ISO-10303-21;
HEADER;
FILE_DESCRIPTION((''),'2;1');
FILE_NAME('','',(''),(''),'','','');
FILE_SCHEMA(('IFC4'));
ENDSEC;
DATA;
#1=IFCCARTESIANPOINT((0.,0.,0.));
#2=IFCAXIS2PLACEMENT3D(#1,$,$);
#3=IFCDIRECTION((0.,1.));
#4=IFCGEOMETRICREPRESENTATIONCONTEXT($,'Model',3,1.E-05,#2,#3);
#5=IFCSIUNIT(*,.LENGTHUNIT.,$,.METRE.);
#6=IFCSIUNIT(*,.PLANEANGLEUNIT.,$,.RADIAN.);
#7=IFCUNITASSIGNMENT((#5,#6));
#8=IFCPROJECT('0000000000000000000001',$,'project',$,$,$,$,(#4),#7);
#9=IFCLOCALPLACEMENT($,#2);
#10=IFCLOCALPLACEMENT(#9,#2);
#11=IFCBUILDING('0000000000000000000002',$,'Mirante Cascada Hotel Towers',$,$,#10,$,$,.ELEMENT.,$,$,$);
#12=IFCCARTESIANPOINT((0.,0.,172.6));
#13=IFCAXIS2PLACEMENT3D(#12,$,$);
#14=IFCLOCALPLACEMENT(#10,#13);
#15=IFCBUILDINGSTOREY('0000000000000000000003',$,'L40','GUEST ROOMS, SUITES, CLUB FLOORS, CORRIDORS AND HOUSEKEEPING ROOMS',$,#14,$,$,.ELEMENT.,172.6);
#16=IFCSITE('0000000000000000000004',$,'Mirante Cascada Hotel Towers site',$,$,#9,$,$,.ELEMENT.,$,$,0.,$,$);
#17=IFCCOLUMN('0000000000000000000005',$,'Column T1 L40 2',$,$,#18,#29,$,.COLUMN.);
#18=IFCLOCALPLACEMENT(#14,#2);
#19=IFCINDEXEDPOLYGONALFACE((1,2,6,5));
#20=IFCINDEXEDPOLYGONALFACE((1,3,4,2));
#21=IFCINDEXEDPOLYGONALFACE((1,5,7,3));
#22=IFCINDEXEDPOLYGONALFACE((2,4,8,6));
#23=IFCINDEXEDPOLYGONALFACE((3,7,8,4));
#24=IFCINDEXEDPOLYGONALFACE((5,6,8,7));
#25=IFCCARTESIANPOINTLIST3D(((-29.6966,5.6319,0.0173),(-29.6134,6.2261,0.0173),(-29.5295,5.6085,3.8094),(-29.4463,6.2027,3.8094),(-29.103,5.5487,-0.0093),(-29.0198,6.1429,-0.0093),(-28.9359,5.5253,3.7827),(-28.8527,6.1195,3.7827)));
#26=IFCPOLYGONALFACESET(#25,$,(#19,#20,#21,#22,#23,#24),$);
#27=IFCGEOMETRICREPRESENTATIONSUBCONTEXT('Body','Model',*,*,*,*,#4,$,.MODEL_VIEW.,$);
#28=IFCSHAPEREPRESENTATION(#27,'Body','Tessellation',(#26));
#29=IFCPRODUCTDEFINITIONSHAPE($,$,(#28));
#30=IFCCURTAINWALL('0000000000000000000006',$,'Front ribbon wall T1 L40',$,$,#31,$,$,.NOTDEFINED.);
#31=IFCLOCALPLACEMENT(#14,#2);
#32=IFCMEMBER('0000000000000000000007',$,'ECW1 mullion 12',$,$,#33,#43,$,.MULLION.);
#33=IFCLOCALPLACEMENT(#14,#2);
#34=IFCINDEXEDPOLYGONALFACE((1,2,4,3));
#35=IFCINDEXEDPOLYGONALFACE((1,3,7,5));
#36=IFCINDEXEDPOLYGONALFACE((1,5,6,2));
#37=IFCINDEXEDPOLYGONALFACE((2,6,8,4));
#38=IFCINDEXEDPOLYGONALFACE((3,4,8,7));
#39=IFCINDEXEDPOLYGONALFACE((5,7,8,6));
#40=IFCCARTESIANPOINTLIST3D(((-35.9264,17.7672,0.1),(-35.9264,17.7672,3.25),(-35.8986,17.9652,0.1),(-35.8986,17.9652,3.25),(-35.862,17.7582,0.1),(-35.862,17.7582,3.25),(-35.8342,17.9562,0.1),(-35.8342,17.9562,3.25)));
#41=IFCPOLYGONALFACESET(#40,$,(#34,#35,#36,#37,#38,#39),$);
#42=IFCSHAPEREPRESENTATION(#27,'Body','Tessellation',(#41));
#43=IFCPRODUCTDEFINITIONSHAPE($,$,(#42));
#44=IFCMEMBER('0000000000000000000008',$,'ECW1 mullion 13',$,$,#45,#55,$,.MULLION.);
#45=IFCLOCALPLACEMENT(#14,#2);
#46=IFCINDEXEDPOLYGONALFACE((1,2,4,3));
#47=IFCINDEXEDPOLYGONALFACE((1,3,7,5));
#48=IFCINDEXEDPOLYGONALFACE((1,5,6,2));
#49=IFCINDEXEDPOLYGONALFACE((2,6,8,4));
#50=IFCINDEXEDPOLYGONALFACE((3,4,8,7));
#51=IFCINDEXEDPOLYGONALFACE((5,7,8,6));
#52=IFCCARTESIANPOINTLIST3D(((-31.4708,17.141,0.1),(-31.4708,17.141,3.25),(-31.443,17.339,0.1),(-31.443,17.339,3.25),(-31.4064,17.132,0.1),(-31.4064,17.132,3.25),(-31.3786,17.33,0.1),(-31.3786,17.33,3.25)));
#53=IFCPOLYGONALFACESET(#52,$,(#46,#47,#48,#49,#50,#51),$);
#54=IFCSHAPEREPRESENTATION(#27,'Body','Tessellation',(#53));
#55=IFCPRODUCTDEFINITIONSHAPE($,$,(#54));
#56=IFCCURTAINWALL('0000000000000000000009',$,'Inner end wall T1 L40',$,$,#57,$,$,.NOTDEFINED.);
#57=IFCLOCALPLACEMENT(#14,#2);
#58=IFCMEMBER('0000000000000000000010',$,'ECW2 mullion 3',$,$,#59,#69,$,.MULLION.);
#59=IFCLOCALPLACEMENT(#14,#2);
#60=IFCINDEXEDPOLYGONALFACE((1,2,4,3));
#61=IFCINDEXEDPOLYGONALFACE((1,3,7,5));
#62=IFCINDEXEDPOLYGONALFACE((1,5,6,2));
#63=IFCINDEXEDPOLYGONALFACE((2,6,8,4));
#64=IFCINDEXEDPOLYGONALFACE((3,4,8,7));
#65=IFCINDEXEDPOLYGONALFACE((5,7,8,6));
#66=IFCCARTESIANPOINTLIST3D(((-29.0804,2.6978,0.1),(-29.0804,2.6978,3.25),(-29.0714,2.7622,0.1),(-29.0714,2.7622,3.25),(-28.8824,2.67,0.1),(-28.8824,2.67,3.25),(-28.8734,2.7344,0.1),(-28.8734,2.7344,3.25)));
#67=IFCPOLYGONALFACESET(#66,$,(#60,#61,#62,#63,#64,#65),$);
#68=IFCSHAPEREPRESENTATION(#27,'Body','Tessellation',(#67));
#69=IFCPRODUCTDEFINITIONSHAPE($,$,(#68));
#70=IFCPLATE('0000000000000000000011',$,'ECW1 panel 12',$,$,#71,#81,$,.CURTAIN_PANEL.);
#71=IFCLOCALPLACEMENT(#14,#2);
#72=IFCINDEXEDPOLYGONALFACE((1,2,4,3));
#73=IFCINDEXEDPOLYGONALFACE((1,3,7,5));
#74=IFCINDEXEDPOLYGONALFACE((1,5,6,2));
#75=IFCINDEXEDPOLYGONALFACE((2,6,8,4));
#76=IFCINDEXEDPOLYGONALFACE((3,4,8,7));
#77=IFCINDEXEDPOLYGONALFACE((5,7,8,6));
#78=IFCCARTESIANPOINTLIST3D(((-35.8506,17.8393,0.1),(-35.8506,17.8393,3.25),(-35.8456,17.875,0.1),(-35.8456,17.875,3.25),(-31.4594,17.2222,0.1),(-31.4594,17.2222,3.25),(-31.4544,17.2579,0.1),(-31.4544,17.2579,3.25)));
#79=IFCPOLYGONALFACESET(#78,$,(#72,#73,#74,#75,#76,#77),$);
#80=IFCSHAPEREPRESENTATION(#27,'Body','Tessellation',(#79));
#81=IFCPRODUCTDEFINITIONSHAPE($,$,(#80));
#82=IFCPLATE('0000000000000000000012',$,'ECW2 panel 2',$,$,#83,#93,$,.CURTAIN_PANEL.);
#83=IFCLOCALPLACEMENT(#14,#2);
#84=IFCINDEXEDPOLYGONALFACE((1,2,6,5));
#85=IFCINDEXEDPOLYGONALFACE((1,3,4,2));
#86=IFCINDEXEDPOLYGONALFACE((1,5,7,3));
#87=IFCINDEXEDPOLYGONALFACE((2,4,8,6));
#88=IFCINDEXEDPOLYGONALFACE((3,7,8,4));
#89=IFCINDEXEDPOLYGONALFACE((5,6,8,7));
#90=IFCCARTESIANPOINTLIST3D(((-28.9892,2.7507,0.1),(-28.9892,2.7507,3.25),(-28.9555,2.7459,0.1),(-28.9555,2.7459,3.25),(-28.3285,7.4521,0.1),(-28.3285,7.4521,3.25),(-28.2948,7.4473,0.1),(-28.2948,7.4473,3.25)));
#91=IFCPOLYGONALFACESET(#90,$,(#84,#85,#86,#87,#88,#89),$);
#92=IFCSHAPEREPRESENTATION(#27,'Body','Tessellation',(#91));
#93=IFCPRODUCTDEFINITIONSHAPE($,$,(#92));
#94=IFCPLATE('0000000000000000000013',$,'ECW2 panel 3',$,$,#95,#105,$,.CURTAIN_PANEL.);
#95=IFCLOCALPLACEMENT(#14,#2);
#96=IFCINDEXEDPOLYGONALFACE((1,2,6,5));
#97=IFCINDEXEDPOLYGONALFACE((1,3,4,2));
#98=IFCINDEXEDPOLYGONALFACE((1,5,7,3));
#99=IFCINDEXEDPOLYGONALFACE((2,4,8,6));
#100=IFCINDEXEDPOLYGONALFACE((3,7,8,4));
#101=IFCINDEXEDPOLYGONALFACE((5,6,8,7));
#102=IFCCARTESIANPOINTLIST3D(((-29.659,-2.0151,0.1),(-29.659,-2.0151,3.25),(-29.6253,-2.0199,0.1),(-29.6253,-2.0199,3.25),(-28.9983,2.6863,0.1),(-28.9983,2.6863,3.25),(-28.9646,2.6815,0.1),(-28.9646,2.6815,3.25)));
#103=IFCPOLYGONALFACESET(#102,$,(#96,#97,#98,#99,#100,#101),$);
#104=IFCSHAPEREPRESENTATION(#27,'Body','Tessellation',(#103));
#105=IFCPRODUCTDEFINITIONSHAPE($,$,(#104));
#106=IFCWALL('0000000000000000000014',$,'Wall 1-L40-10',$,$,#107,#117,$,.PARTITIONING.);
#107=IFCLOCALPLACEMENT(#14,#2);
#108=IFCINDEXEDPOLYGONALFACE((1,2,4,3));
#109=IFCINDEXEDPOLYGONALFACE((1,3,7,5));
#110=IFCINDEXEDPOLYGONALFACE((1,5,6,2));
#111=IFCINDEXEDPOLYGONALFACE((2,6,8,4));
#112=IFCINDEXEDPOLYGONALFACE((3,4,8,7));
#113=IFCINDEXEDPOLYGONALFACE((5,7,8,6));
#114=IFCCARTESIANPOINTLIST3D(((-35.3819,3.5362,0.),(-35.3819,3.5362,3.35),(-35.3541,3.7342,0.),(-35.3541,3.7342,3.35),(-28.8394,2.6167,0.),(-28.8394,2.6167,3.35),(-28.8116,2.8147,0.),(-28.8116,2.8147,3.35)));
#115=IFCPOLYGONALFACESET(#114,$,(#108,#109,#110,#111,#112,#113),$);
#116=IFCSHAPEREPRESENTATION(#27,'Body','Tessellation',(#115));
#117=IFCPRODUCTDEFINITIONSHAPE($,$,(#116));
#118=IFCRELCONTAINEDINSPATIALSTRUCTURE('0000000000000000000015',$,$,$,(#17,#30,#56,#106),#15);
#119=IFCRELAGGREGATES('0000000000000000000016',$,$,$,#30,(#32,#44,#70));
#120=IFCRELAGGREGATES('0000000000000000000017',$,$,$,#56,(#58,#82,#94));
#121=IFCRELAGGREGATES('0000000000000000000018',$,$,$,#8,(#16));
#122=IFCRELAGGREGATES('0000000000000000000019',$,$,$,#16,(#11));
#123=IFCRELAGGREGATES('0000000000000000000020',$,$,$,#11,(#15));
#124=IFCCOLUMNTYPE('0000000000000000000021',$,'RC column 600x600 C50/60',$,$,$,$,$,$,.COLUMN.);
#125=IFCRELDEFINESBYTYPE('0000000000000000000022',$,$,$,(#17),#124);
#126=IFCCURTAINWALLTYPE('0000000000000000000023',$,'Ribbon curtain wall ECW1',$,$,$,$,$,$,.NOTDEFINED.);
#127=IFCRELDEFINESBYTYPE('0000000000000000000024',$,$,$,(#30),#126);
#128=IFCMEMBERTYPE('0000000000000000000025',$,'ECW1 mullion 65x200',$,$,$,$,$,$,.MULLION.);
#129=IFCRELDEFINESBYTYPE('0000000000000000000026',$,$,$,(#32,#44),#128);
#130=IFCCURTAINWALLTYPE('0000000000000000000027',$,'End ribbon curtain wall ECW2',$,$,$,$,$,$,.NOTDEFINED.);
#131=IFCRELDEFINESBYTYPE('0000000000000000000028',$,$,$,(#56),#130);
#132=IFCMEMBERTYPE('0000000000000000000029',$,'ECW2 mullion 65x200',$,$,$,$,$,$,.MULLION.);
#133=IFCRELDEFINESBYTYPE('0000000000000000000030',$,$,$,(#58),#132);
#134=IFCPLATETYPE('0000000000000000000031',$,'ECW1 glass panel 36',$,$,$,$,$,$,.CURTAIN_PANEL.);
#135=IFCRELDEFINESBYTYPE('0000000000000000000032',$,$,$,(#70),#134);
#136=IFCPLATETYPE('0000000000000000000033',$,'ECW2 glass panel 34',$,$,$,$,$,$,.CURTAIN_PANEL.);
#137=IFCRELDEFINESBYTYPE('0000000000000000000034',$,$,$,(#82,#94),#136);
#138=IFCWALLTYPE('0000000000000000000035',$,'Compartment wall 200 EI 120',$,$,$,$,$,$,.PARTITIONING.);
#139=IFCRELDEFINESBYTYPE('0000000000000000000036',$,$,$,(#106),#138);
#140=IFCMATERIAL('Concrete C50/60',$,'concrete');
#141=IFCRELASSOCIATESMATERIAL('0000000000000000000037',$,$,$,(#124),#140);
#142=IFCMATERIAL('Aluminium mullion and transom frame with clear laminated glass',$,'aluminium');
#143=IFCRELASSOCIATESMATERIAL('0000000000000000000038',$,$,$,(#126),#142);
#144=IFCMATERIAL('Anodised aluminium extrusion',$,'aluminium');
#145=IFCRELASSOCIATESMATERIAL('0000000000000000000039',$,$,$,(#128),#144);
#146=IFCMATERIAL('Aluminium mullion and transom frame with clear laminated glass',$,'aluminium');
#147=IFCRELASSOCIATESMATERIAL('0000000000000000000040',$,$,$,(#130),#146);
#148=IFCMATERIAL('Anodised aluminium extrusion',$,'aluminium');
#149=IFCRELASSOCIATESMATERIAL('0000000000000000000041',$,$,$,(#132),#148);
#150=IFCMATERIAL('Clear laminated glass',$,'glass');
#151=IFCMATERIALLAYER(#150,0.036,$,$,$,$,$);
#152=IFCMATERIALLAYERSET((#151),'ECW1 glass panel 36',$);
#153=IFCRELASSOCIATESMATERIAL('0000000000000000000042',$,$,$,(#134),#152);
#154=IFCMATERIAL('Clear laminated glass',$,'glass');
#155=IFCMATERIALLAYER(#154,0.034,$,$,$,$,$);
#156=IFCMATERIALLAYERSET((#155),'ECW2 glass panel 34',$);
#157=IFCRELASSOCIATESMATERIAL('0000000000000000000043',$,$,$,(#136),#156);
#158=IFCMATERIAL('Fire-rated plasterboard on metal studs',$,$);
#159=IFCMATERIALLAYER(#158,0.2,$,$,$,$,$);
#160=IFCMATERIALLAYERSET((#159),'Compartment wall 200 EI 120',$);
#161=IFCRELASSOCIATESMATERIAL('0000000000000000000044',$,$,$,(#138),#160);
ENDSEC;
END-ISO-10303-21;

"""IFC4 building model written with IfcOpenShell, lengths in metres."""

from ifc_helpers import new_model, si_unit, direction, frame, frame_2d, origin, origin_2d, place, context, subcontext, project, spatial, rectangle, extrude, material, layer, layer_set, material_profile, profile_set, type_object, element, aggregate, save


model = new_model("IFC4")

# Units and contexts
model_context = context("Model", 3, precision=1e-05, world=origin(), true_north=direction((0.0, 1.0)))
body_context = subcontext(model_context, "Body", "Model", "MODEL_VIEW")
ifc_project = project(units=[si_unit("LENGTHUNIT", "METRE"), si_unit("PLANEANGLEUNIT", "RADIAN")], contexts=[model_context])

# Site, building, storey
site_placement = place(None, origin())
site = spatial("IfcSite", under=ifc_project, at=site_placement, Name="Mirante Cascada Hotel Towers site", CompositionType="ELEMENT", RefElevation=0.0)
building_placement = place(site_placement, origin())
building = spatial("IfcBuilding", under=site, at=building_placement, Name="Mirante Cascada Hotel Towers", CompositionType="ELEMENT")
storey_placement = place(building_placement, frame((0.0, 0.0, 172.6)))
storey = spatial("IfcBuildingStorey", under=building, at=storey_placement, Name="L40", Description="GUEST ROOMS, SUITES, CLUB FLOORS, CORRIDORS AND HOUSEKEEPING ROOMS", CompositionType="ELEMENT", Elevation=172.6)

# Column
ifc_material_1 = material(Name="Concrete C50/60", Category="concrete")
ifc_material_profile_1 = material_profile(ifc_material_1, rectangle(XDim=0.6, YDim=0.6, at=origin_2d()), Name="RC column 600x600 C50/60")
ifc_profile_set_1 = profile_set([ifc_material_profile_1], Name="Concrete C50/60")
column_type = type_object("IfcColumnType", Name="RC column 600x600 C50/60", PredefinedType="COLUMN", material=ifc_profile_set_1)
column_placement = place(storey_placement, frame((-29.3582, 5.8874, 0.004), z_axis=(0.044023, -0.006165, 0.999012), x_axis=(0.138683, 0.990337, 0.0)))
element("IfcColumn", 1, at=column_placement, inside=storey, type_object=column_type, Name="Column T1 L40 2", PredefinedType="COLUMN", context=body_context, shape_type="SweptSolid", body=[
    extrude(rectangle(XDim=0.6, YDim=0.6, at=origin_2d()), origin(), (0.0, 0.0, 1.0), 3.7958),
])

# Curtain wall, members
ifc_material_2 = material(Name="Aluminium mullion and transom frame with clear laminated glass", Category="aluminium")
curtain_wall_type_1 = type_object("IfcCurtainWallType", Name="Ribbon curtain wall ECW1", PredefinedType="NOTDEFINED", material=ifc_material_2)
curtain_wall_1_placement = place(storey_placement, origin())
curtain_wall_1 = element("IfcCurtainWall", 2, at=curtain_wall_1_placement, inside=storey, type_object=curtain_wall_type_1, Name="Front ribbon wall T1 L40", PredefinedType="NOTDEFINED")
ifc_material_3 = material(Name="Anodised aluminium extrusion", Category="aluminium")
ifc_material_profile_2 = material_profile(ifc_material_3, rectangle(XDim=0.2, YDim=0.065, at=origin_2d()), Name="ECW1 MULLION 65x200")
ifc_profile_set_2 = profile_set([ifc_material_profile_2], Name="Anodised aluminium extrusion")
member_type_1 = type_object("IfcMemberType", Name="ECW1 mullion 65x200", PredefinedType="MULLION", material=ifc_profile_set_2)
member_1_placement = place(storey_placement, frame((-35.8803, 17.8617, 0.1), z_axis=(0.0, 0.0, 1.0), x_axis=(0.139173, 0.990268, 0.0)))
member_1 = element("IfcMember", 3, at=member_1_placement, type_object=member_type_1, Name="ECW1 mullion 12", PredefinedType="MULLION", context=body_context, shape_type="SweptSolid", body=[
    extrude(rectangle(XDim=0.2, YDim=0.065, at=origin_2d()), origin(), (0.0, 0.0, 1.0), 3.15),
])
member_2_placement = place(storey_placement, frame((-31.4247, 17.2355, 0.1), z_axis=(0.0, 0.0, 1.0), x_axis=(0.139173, 0.990268, 0.0)))
member_2 = element("IfcMember", 4, at=member_2_placement, type_object=member_type_1, Name="ECW1 mullion 13", PredefinedType="MULLION", context=body_context, shape_type="SweptSolid", body=[
    extrude(rectangle(XDim=0.2, YDim=0.065, at=origin_2d()), origin(), (0.0, 0.0, 1.0), 3.15),
])

# Curtain wall, member
ifc_material_4 = material(Name="Aluminium mullion and transom frame with clear laminated glass", Category="aluminium")
curtain_wall_type_2 = type_object("IfcCurtainWallType", Name="End ribbon curtain wall ECW2", PredefinedType="NOTDEFINED", material=ifc_material_4)
curtain_wall_2_placement = place(storey_placement, origin())
curtain_wall_2 = element("IfcCurtainWall", 5, at=curtain_wall_2_placement, inside=storey, type_object=curtain_wall_type_2, Name="Inner end wall T1 L40", PredefinedType="NOTDEFINED")
ifc_material_5 = material(Name="Anodised aluminium extrusion", Category="aluminium")
ifc_material_profile_3 = material_profile(ifc_material_5, rectangle(XDim=0.2, YDim=0.065, at=origin_2d()), Name="ECW2 MULLION 65x200")
ifc_profile_set_3 = profile_set([ifc_material_profile_3], Name="Anodised aluminium extrusion")
member_type_2 = type_object("IfcMemberType", Name="ECW2 mullion 65x200", PredefinedType="MULLION", material=ifc_profile_set_3)
member_3_placement = place(storey_placement, frame((-28.9769, 2.7161, 0.1), z_axis=(0.0, 0.0, 1.0), x_axis=(0.990268, -0.139173, 0.0)))
member_3 = element("IfcMember", 6, at=member_3_placement, type_object=member_type_2, Name="ECW2 mullion 3", PredefinedType="MULLION", context=body_context, shape_type="SweptSolid", body=[
    extrude(rectangle(XDim=0.2, YDim=0.065, at=origin_2d()), origin(), (0.0, 0.0, 1.0), 3.15),
])

# Plates
ifc_material_6 = material(Name="Clear laminated glass", Category="glass")
ifc_layer_1 = layer(ifc_material_6, 0.036)
ifc_layer_set_1 = layer_set([ifc_layer_1], Name="ECW1 glass panel 36")
plate_type_1 = type_object("IfcPlateType", Name="ECW1 glass panel 36", PredefinedType="CURTAIN_PANEL", material=ifc_layer_set_1)
plate_1_placement = place(storey_placement, frame((-33.6525, 17.5486, 0.1), z_axis=(0.0, 0.0, 1.0), x_axis=(0.990268, -0.139173, 0.0)))
plate_1 = element("IfcPlate", 7, at=plate_1_placement, type_object=plate_type_1, Name="ECW1 panel 12", PredefinedType="CURTAIN_PANEL", context=body_context, shape_type="SweptSolid", body=[
    extrude(rectangle(XDim=4.4344, YDim=0.036, at=origin_2d()), origin(), (0.0, 0.0, 1.0), 3.15),
])
aggregate(curtain_wall_1, [member_1, member_2, plate_1])
ifc_material_7 = material(Name="Clear laminated glass", Category="glass")
ifc_layer_2 = layer(ifc_material_7, 0.034)
ifc_layer_set_2 = layer_set([ifc_layer_2], Name="ECW2 glass panel 34")
plate_type_2 = type_object("IfcPlateType", Name="ECW2 glass panel 34", PredefinedType="CURTAIN_PANEL", material=ifc_layer_set_2)
plate_2_placement = place(storey_placement, frame((-28.642, 5.099, 0.1), z_axis=(0.0, 0.0, 1.0), x_axis=(-0.139173, -0.990268, 0.0)))
plate_2 = element("IfcPlate", 8, at=plate_2_placement, type_object=plate_type_2, Name="ECW2 panel 2", PredefinedType="CURTAIN_PANEL", context=body_context, shape_type="SweptSolid", body=[
    extrude(rectangle(XDim=4.7476, YDim=0.034, at=origin_2d()), origin(), (0.0, 0.0, 1.0), 3.15),
])
plate_3_placement = place(storey_placement, frame((-29.3118, 0.3332, 0.1), z_axis=(0.0, 0.0, 1.0), x_axis=(-0.139173, -0.990268, 0.0)))
plate_3 = element("IfcPlate", 9, at=plate_3_placement, type_object=plate_type_2, Name="ECW2 panel 3", PredefinedType="CURTAIN_PANEL", context=body_context, shape_type="SweptSolid", body=[
    extrude(rectangle(XDim=4.7476, YDim=0.034, at=origin_2d()), origin(), (0.0, 0.0, 1.0), 3.15),
])
aggregate(curtain_wall_2, [member_3, plate_2, plate_3])

# Wall
ifc_material_8 = material(Name="Fire-rated plasterboard on metal studs")
ifc_layer_3 = layer(ifc_material_8, 0.2)
ifc_layer_set_3 = layer_set([ifc_layer_3], Name="Compartment wall 200 EI 120")
wall_type_1 = type_object("IfcWallType", Name="Compartment wall 200 EI 120", PredefinedType="PARTITIONING", material=ifc_layer_set_3)
wall_1_placement = place(storey_placement, frame((-35.368, 3.6352, 0.0), z_axis=(0.0, 0.0, 1.0), x_axis=(0.990268, -0.139175, 0.0)))
element("IfcWall", 10, at=wall_1_placement, inside=storey, type_object=wall_type_1, Name="Wall 1-L40-10", PredefinedType="PARTITIONING", context=body_context, shape_type="SweptSolid", body=[
    extrude(rectangle(XDim=6.6068, YDim=0.2, at=frame_2d((3.3034, 0.0))), origin(), (0.0, 0.0, 1.0), 3.35),
])

save(model, "model.ifc")
